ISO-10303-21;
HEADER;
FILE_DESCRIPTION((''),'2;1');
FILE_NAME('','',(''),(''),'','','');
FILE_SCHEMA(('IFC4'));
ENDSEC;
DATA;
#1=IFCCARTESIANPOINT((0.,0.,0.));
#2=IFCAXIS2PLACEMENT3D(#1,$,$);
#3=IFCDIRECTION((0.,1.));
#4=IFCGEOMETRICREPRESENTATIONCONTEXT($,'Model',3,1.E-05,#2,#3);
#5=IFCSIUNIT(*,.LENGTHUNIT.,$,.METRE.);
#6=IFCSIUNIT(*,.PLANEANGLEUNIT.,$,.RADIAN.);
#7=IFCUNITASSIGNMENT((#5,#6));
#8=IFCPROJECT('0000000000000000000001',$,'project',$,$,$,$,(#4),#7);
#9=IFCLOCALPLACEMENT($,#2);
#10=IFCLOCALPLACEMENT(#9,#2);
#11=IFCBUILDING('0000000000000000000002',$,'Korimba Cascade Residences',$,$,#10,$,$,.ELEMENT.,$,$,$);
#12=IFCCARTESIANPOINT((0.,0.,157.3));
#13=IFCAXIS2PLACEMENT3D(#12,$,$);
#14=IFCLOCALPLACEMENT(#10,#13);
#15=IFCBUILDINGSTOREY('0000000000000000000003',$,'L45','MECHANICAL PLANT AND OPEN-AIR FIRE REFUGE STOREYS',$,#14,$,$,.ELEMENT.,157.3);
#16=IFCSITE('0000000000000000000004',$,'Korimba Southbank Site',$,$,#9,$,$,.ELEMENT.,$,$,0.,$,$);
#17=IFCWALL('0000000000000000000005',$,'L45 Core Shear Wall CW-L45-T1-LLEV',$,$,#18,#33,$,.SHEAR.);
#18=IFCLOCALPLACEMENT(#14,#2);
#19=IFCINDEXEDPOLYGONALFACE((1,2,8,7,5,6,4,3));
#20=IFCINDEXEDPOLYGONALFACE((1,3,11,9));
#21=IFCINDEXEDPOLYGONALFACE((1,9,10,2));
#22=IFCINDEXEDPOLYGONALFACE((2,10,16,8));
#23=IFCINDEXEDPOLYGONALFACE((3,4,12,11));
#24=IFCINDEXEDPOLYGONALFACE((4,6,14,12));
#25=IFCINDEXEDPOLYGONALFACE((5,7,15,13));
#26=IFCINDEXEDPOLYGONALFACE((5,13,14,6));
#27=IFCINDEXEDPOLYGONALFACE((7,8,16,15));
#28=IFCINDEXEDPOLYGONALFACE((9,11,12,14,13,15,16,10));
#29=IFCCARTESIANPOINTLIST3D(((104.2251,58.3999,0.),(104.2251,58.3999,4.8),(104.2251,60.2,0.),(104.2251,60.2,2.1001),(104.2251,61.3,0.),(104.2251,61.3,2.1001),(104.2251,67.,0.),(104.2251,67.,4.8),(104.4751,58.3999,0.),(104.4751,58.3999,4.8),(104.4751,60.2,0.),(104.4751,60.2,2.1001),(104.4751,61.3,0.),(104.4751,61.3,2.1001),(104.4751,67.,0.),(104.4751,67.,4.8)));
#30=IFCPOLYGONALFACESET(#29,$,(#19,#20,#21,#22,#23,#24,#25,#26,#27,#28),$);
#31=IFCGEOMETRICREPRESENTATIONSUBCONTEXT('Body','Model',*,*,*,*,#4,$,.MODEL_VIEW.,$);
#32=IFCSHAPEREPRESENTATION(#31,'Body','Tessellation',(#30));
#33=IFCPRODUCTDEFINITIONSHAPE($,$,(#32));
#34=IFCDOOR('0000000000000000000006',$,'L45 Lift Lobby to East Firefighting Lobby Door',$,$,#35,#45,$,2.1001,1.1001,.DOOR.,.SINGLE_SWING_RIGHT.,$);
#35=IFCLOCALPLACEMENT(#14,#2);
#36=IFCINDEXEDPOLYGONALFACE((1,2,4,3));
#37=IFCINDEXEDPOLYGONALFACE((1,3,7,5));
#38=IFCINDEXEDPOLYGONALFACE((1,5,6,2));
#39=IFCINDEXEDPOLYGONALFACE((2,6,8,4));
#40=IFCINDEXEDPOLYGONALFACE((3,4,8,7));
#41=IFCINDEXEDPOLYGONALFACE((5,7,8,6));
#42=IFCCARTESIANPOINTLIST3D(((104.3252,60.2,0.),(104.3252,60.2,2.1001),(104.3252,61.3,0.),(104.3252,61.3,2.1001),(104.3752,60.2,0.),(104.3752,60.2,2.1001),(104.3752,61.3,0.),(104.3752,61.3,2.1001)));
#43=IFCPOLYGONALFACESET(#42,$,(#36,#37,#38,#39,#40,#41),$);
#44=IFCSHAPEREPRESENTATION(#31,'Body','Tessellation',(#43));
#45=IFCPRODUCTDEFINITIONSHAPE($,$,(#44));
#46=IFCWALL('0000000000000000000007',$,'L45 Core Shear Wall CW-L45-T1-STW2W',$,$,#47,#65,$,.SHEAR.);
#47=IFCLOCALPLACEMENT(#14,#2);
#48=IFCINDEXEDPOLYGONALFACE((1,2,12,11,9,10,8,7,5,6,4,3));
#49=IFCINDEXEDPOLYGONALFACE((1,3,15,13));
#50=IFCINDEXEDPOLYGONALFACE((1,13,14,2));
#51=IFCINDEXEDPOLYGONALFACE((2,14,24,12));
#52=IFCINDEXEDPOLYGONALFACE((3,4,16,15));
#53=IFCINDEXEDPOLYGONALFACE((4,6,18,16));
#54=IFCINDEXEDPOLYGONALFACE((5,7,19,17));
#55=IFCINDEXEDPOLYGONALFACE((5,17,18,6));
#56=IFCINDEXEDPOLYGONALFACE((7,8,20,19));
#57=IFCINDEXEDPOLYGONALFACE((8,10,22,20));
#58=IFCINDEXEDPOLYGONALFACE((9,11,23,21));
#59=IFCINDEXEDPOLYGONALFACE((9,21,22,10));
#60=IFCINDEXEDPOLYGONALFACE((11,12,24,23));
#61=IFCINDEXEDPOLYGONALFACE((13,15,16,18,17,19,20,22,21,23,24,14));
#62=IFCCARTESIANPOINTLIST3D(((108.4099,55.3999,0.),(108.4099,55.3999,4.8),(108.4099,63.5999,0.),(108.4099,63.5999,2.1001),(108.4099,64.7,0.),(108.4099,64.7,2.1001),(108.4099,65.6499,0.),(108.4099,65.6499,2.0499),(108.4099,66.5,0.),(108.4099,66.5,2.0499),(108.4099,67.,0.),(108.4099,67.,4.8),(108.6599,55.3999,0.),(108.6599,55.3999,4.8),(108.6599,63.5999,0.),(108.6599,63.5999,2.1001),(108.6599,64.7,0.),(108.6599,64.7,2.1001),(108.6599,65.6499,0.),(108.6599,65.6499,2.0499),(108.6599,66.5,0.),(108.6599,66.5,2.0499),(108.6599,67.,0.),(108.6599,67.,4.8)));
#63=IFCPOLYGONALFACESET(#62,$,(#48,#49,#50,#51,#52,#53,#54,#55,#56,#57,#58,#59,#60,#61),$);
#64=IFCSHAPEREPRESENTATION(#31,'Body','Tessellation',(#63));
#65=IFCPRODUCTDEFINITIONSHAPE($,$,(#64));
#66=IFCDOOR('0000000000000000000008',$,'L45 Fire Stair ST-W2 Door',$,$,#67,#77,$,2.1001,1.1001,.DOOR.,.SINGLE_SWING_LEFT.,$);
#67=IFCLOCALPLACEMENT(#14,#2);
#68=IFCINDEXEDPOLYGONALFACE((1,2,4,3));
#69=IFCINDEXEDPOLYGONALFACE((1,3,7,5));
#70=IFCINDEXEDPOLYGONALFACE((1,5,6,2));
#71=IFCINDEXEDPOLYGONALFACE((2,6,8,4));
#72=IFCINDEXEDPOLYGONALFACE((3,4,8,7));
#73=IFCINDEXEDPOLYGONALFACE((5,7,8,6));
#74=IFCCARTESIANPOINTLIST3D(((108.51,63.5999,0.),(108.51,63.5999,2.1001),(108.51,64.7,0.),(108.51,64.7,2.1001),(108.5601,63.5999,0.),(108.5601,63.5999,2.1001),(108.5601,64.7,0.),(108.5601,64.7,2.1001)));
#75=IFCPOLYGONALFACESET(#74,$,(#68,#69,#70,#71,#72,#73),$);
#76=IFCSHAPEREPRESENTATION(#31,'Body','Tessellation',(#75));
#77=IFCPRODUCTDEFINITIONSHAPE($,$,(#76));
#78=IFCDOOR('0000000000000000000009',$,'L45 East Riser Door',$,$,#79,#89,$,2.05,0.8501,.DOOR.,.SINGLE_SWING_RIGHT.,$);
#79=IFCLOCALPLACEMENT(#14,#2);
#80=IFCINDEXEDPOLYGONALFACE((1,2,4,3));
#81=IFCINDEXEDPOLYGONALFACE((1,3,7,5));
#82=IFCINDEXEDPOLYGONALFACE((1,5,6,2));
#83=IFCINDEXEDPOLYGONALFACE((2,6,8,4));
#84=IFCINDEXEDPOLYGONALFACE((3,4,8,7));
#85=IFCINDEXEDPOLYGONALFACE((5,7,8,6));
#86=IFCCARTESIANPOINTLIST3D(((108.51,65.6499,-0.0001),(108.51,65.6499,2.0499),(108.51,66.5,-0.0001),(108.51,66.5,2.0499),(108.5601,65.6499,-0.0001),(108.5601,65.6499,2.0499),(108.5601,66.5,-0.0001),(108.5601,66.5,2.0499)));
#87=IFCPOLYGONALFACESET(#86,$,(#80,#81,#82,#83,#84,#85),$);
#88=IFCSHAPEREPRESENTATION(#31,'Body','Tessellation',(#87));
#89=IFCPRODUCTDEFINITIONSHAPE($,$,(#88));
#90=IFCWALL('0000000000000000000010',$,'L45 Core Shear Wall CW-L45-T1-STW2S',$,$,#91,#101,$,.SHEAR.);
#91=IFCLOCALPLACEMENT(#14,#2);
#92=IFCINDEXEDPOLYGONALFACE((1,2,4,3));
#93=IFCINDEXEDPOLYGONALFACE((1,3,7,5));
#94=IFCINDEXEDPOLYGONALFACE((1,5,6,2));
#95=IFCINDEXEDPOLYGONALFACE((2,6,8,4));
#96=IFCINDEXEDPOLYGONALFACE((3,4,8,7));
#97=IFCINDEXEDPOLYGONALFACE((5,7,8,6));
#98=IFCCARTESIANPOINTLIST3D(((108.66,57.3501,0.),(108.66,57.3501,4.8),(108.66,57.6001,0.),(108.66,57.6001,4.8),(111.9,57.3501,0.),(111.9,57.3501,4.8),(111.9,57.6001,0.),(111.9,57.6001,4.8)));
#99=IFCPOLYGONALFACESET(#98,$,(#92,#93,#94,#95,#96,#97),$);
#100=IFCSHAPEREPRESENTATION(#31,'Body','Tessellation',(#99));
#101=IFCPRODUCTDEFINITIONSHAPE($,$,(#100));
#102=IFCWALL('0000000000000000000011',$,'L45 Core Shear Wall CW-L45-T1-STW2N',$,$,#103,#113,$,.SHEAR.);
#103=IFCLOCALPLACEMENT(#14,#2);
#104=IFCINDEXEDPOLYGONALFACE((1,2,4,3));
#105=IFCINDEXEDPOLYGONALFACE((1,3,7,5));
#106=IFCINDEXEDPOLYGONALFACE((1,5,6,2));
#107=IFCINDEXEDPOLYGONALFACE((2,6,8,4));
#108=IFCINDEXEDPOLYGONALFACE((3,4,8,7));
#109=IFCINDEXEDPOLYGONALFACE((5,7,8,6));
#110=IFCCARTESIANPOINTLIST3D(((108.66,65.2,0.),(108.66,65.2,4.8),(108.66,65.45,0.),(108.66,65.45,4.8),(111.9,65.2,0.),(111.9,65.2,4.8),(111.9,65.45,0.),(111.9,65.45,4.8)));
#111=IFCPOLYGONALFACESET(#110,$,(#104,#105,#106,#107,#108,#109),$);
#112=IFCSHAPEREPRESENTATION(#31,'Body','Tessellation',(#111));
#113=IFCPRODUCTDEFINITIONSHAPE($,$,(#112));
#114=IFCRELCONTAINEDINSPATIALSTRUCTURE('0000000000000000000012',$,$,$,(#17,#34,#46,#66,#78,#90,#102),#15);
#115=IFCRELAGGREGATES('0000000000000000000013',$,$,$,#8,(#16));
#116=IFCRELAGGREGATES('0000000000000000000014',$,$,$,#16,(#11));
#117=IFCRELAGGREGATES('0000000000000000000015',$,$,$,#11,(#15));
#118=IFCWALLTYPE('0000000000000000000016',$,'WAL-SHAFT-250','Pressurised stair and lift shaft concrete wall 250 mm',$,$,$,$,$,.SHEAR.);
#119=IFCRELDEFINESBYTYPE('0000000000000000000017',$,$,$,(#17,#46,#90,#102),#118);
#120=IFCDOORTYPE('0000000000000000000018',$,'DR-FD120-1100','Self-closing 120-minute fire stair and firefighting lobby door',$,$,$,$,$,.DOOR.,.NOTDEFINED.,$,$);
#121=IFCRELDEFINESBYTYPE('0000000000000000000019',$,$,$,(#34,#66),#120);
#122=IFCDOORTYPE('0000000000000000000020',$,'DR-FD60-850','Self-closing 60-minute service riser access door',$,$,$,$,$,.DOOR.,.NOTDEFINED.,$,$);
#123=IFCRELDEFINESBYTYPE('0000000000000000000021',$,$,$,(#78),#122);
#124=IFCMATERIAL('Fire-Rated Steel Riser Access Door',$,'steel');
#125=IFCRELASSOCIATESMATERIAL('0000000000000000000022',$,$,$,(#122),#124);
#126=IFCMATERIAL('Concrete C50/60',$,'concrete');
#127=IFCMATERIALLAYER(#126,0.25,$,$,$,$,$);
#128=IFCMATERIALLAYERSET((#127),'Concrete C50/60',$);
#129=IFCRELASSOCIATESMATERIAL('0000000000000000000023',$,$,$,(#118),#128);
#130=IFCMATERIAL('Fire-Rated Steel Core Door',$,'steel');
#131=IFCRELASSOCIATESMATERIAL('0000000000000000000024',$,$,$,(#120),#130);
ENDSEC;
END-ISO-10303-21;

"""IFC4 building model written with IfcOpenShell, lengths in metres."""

from ifc_helpers import new_model, si_unit, direction, frame, frame_2d, origin, place, context, subcontext, project, spatial, rectangle, extrude, material, layer, layer_set, type_object, element, fill, save


model = new_model("IFC4")

# Units and contexts
model_context = context("Model", 3, precision=1e-05, world=origin(), true_north=direction((0.0, 1.0)))
body_context = subcontext(model_context, "Body", "Model", "MODEL_VIEW")
ifc_project = project(units=[si_unit("LENGTHUNIT", "METRE"), si_unit("PLANEANGLEUNIT", "RADIAN")], contexts=[model_context])

# Site, building, storey
site_placement = place(None, origin())
site = spatial("IfcSite", under=ifc_project, at=site_placement, Name="Korimba Southbank Site", CompositionType="ELEMENT", RefElevation=0.0)
building_placement = place(site_placement, origin())
building = spatial("IfcBuilding", under=site, at=building_placement, Name="Korimba Cascade Residences", CompositionType="ELEMENT")
storey_placement = place(building_placement, frame((0.0, 0.0, 157.3)))
storey = spatial("IfcBuildingStorey", under=building, at=storey_placement, Name="L45", Description="MECHANICAL PLANT AND OPEN-AIR FIRE REFUGE STOREYS", CompositionType="ELEMENT", Elevation=157.3)

# Shared definitions
ifc_material_1 = material(Name="Fire-Rated Steel Riser Access Door", Category="steel")
door_type_1 = type_object("IfcDoorType", Name="DR-FD60-850", Description="Self-closing 60-minute service riser access door", OperationType="NOTDEFINED", PredefinedType="DOOR", material=ifc_material_1)

# Shared definitions
ifc_material_2 = material(Name="Concrete C50/60", Category="concrete")
ifc_layer_1 = layer(ifc_material_2, 0.25)
ifc_layer_set_1 = layer_set([ifc_layer_1], Name="Concrete C50/60")
wall_type_1 = type_object("IfcWallType", Name="WAL-SHAFT-250", Description="Pressurised stair and lift shaft concrete wall 250 mm", PredefinedType="SHEAR", material=ifc_layer_set_1)

# Wall, opening, door
wall_1_placement = place(storey_placement, frame((104.3501, 58.3999, 0.0), z_axis=(0.0, 0.0, 1.0), x_axis=(0.0, 1.0, 0.0)))
wall_1 = element("IfcWall", 1, at=wall_1_placement, inside=storey, type_object=wall_type_1, Name="L45 Core Shear Wall CW-L45-T1-LLEV", PredefinedType="SHEAR", context=body_context, shape_type="SweptSolid", body=[
    extrude(rectangle(XDim=8.6001, YDim=0.25, at=frame_2d((4.3, 0.0))), origin(), (0.0, 0.0, 1.0), 4.8),
])
opening_1_placement = place(wall_1_placement, frame((1.8, 0.0, 0.0)))
opening_1 = element("IfcOpeningElement", 2, at=opening_1_placement, cuts=wall_1, PredefinedType="OPENING", context=body_context, shape_type="SweptSolid", body=[
    extrude(rectangle(XDim=1.1001, YDim=2.1001, at=frame_2d((0.55, 1.05))), frame((0.0, 0.135, 0.0), z_axis=(0.0, -1.0, 0.0), x_axis=(1.0, 0.0, 0.0)), (0.0, 0.0, 1.0), 0.27),
])
ifc_material_3 = material(Name="Fire-Rated Steel Core Door", Category="steel")
door_type_2 = type_object("IfcDoorType", Name="DR-FD120-1100", Description="Self-closing 120-minute fire stair and firefighting lobby door", OperationType="NOTDEFINED", PredefinedType="DOOR", material=ifc_material_3)
door_1_placement = place(opening_1_placement, origin())
door_1 = element("IfcDoor", 3, at=door_1_placement, inside=storey, type_object=door_type_2, Name="L45 Lift Lobby to East Firefighting Lobby Door", OperationType="SINGLE_SWING_RIGHT", OverallHeight=2.1001, OverallWidth=1.1001, PredefinedType="DOOR", context=body_context, shape_type="SweptSolid", body=[
    extrude(rectangle(XDim=1.1001, YDim=2.1001, at=frame_2d((0.55, 1.05))), frame((0.0, 0.0249, 0.0), z_axis=(0.0, -1.0, 0.0), x_axis=(1.0, 0.0, 0.0)), (0.0, 0.0, 1.0), 0.05),
])
fill(opening_1, door_1)

# Wall, openings, doors
wall_2_placement = place(storey_placement, frame((108.5349, 55.3999, 0.0), z_axis=(0.0, 0.0, 1.0), x_axis=(0.0, 1.0, 0.0)))
wall_2 = element("IfcWall", 4, at=wall_2_placement, inside=storey, type_object=wall_type_1, Name="L45 Core Shear Wall CW-L45-T1-STW2W", PredefinedType="SHEAR", context=body_context, shape_type="SweptSolid", body=[
    extrude(rectangle(XDim=11.6001, YDim=0.25, at=frame_2d((5.8, 0.0))), origin(), (0.0, 0.0, 1.0), 4.8),
])
opening_2_placement = place(wall_2_placement, frame((8.2, 0.0, 0.0)))
opening_2 = element("IfcOpeningElement", 5, at=opening_2_placement, cuts=wall_2, PredefinedType="OPENING", context=body_context, shape_type="SweptSolid", body=[
    extrude(rectangle(XDim=1.1001, YDim=2.1001, at=frame_2d((0.55, 1.05))), frame((0.0, 0.135, 0.0), z_axis=(0.0, -1.0, 0.0), x_axis=(1.0, 0.0, 0.0)), (0.0, 0.0, 1.0), 0.27),
])
opening_3_placement = place(wall_2_placement, frame((10.25, 0.0, 0.0)))
opening_3 = element("IfcOpeningElement", 6, at=opening_3_placement, cuts=wall_2, PredefinedType="OPENING", context=body_context, shape_type="SweptSolid", body=[
    extrude(rectangle(XDim=0.8501, YDim=2.05, at=frame_2d((0.425, 1.0249))), frame((0.0, 0.135, 0.0), z_axis=(0.0, -1.0, 0.0), x_axis=(1.0, 0.0, 0.0)), (0.0, 0.0, 1.0), 0.27),
])
door_2_placement = place(opening_2_placement, origin())
door_2 = element("IfcDoor", 7, at=door_2_placement, inside=storey, type_object=door_type_2, Name="L45 Fire Stair ST-W2 Door", OperationType="SINGLE_SWING_LEFT", OverallHeight=2.1001, OverallWidth=1.1001, PredefinedType="DOOR", context=body_context, shape_type="SweptSolid", body=[
    extrude(rectangle(XDim=1.1001, YDim=2.1001, at=frame_2d((0.55, 1.05))), frame((0.0, 0.0249, 0.0), z_axis=(0.0, -1.0, 0.0), x_axis=(1.0, 0.0, 0.0)), (0.0, 0.0, 1.0), 0.05),
])
fill(opening_2, door_2)
door_3_placement = place(opening_3_placement, origin())
door_3 = element("IfcDoor", 8, at=door_3_placement, inside=storey, type_object=door_type_1, Name="L45 East Riser Door", OperationType="SINGLE_SWING_RIGHT", OverallHeight=2.05, OverallWidth=0.8501, PredefinedType="DOOR", context=body_context, shape_type="SweptSolid", body=[
    extrude(rectangle(XDim=0.8501, YDim=2.05, at=frame_2d((0.425, 1.0249))), frame((0.0, 0.0249, 0.0), z_axis=(0.0, -1.0, 0.0), x_axis=(1.0, 0.0, 0.0)), (0.0, 0.0, 1.0), 0.05),
])
fill(opening_3, door_3)

# Walls
for number, where, z_axis, x_axis, name in (
    (9, (108.6599, 57.4751, 0.0), (0.0, 0.0, 1.0), (1.0, 0.0, 0.0), "L45 Core Shear Wall CW-L45-T1-STW2S"),
    (10, (108.6599, 65.325, 0.0), (0.0, 0.0, 1.0), (1.0, 0.0, 0.0), "L45 Core Shear Wall CW-L45-T1-STW2N"),
):
    element("IfcWall", number, at=place(storey_placement, frame(where, z_axis=z_axis, x_axis=x_axis)), inside=storey, type_object=wall_type_1, Name=name, PredefinedType="SHEAR", context=body_context, shape_type="SweptSolid", body=[
        extrude(rectangle(XDim=3.24, YDim=0.25, at=frame_2d((1.6201, 0.0))), origin(), (0.0, 0.0, 1.0), 4.8),
    ])

save(model, "model.ifc")
